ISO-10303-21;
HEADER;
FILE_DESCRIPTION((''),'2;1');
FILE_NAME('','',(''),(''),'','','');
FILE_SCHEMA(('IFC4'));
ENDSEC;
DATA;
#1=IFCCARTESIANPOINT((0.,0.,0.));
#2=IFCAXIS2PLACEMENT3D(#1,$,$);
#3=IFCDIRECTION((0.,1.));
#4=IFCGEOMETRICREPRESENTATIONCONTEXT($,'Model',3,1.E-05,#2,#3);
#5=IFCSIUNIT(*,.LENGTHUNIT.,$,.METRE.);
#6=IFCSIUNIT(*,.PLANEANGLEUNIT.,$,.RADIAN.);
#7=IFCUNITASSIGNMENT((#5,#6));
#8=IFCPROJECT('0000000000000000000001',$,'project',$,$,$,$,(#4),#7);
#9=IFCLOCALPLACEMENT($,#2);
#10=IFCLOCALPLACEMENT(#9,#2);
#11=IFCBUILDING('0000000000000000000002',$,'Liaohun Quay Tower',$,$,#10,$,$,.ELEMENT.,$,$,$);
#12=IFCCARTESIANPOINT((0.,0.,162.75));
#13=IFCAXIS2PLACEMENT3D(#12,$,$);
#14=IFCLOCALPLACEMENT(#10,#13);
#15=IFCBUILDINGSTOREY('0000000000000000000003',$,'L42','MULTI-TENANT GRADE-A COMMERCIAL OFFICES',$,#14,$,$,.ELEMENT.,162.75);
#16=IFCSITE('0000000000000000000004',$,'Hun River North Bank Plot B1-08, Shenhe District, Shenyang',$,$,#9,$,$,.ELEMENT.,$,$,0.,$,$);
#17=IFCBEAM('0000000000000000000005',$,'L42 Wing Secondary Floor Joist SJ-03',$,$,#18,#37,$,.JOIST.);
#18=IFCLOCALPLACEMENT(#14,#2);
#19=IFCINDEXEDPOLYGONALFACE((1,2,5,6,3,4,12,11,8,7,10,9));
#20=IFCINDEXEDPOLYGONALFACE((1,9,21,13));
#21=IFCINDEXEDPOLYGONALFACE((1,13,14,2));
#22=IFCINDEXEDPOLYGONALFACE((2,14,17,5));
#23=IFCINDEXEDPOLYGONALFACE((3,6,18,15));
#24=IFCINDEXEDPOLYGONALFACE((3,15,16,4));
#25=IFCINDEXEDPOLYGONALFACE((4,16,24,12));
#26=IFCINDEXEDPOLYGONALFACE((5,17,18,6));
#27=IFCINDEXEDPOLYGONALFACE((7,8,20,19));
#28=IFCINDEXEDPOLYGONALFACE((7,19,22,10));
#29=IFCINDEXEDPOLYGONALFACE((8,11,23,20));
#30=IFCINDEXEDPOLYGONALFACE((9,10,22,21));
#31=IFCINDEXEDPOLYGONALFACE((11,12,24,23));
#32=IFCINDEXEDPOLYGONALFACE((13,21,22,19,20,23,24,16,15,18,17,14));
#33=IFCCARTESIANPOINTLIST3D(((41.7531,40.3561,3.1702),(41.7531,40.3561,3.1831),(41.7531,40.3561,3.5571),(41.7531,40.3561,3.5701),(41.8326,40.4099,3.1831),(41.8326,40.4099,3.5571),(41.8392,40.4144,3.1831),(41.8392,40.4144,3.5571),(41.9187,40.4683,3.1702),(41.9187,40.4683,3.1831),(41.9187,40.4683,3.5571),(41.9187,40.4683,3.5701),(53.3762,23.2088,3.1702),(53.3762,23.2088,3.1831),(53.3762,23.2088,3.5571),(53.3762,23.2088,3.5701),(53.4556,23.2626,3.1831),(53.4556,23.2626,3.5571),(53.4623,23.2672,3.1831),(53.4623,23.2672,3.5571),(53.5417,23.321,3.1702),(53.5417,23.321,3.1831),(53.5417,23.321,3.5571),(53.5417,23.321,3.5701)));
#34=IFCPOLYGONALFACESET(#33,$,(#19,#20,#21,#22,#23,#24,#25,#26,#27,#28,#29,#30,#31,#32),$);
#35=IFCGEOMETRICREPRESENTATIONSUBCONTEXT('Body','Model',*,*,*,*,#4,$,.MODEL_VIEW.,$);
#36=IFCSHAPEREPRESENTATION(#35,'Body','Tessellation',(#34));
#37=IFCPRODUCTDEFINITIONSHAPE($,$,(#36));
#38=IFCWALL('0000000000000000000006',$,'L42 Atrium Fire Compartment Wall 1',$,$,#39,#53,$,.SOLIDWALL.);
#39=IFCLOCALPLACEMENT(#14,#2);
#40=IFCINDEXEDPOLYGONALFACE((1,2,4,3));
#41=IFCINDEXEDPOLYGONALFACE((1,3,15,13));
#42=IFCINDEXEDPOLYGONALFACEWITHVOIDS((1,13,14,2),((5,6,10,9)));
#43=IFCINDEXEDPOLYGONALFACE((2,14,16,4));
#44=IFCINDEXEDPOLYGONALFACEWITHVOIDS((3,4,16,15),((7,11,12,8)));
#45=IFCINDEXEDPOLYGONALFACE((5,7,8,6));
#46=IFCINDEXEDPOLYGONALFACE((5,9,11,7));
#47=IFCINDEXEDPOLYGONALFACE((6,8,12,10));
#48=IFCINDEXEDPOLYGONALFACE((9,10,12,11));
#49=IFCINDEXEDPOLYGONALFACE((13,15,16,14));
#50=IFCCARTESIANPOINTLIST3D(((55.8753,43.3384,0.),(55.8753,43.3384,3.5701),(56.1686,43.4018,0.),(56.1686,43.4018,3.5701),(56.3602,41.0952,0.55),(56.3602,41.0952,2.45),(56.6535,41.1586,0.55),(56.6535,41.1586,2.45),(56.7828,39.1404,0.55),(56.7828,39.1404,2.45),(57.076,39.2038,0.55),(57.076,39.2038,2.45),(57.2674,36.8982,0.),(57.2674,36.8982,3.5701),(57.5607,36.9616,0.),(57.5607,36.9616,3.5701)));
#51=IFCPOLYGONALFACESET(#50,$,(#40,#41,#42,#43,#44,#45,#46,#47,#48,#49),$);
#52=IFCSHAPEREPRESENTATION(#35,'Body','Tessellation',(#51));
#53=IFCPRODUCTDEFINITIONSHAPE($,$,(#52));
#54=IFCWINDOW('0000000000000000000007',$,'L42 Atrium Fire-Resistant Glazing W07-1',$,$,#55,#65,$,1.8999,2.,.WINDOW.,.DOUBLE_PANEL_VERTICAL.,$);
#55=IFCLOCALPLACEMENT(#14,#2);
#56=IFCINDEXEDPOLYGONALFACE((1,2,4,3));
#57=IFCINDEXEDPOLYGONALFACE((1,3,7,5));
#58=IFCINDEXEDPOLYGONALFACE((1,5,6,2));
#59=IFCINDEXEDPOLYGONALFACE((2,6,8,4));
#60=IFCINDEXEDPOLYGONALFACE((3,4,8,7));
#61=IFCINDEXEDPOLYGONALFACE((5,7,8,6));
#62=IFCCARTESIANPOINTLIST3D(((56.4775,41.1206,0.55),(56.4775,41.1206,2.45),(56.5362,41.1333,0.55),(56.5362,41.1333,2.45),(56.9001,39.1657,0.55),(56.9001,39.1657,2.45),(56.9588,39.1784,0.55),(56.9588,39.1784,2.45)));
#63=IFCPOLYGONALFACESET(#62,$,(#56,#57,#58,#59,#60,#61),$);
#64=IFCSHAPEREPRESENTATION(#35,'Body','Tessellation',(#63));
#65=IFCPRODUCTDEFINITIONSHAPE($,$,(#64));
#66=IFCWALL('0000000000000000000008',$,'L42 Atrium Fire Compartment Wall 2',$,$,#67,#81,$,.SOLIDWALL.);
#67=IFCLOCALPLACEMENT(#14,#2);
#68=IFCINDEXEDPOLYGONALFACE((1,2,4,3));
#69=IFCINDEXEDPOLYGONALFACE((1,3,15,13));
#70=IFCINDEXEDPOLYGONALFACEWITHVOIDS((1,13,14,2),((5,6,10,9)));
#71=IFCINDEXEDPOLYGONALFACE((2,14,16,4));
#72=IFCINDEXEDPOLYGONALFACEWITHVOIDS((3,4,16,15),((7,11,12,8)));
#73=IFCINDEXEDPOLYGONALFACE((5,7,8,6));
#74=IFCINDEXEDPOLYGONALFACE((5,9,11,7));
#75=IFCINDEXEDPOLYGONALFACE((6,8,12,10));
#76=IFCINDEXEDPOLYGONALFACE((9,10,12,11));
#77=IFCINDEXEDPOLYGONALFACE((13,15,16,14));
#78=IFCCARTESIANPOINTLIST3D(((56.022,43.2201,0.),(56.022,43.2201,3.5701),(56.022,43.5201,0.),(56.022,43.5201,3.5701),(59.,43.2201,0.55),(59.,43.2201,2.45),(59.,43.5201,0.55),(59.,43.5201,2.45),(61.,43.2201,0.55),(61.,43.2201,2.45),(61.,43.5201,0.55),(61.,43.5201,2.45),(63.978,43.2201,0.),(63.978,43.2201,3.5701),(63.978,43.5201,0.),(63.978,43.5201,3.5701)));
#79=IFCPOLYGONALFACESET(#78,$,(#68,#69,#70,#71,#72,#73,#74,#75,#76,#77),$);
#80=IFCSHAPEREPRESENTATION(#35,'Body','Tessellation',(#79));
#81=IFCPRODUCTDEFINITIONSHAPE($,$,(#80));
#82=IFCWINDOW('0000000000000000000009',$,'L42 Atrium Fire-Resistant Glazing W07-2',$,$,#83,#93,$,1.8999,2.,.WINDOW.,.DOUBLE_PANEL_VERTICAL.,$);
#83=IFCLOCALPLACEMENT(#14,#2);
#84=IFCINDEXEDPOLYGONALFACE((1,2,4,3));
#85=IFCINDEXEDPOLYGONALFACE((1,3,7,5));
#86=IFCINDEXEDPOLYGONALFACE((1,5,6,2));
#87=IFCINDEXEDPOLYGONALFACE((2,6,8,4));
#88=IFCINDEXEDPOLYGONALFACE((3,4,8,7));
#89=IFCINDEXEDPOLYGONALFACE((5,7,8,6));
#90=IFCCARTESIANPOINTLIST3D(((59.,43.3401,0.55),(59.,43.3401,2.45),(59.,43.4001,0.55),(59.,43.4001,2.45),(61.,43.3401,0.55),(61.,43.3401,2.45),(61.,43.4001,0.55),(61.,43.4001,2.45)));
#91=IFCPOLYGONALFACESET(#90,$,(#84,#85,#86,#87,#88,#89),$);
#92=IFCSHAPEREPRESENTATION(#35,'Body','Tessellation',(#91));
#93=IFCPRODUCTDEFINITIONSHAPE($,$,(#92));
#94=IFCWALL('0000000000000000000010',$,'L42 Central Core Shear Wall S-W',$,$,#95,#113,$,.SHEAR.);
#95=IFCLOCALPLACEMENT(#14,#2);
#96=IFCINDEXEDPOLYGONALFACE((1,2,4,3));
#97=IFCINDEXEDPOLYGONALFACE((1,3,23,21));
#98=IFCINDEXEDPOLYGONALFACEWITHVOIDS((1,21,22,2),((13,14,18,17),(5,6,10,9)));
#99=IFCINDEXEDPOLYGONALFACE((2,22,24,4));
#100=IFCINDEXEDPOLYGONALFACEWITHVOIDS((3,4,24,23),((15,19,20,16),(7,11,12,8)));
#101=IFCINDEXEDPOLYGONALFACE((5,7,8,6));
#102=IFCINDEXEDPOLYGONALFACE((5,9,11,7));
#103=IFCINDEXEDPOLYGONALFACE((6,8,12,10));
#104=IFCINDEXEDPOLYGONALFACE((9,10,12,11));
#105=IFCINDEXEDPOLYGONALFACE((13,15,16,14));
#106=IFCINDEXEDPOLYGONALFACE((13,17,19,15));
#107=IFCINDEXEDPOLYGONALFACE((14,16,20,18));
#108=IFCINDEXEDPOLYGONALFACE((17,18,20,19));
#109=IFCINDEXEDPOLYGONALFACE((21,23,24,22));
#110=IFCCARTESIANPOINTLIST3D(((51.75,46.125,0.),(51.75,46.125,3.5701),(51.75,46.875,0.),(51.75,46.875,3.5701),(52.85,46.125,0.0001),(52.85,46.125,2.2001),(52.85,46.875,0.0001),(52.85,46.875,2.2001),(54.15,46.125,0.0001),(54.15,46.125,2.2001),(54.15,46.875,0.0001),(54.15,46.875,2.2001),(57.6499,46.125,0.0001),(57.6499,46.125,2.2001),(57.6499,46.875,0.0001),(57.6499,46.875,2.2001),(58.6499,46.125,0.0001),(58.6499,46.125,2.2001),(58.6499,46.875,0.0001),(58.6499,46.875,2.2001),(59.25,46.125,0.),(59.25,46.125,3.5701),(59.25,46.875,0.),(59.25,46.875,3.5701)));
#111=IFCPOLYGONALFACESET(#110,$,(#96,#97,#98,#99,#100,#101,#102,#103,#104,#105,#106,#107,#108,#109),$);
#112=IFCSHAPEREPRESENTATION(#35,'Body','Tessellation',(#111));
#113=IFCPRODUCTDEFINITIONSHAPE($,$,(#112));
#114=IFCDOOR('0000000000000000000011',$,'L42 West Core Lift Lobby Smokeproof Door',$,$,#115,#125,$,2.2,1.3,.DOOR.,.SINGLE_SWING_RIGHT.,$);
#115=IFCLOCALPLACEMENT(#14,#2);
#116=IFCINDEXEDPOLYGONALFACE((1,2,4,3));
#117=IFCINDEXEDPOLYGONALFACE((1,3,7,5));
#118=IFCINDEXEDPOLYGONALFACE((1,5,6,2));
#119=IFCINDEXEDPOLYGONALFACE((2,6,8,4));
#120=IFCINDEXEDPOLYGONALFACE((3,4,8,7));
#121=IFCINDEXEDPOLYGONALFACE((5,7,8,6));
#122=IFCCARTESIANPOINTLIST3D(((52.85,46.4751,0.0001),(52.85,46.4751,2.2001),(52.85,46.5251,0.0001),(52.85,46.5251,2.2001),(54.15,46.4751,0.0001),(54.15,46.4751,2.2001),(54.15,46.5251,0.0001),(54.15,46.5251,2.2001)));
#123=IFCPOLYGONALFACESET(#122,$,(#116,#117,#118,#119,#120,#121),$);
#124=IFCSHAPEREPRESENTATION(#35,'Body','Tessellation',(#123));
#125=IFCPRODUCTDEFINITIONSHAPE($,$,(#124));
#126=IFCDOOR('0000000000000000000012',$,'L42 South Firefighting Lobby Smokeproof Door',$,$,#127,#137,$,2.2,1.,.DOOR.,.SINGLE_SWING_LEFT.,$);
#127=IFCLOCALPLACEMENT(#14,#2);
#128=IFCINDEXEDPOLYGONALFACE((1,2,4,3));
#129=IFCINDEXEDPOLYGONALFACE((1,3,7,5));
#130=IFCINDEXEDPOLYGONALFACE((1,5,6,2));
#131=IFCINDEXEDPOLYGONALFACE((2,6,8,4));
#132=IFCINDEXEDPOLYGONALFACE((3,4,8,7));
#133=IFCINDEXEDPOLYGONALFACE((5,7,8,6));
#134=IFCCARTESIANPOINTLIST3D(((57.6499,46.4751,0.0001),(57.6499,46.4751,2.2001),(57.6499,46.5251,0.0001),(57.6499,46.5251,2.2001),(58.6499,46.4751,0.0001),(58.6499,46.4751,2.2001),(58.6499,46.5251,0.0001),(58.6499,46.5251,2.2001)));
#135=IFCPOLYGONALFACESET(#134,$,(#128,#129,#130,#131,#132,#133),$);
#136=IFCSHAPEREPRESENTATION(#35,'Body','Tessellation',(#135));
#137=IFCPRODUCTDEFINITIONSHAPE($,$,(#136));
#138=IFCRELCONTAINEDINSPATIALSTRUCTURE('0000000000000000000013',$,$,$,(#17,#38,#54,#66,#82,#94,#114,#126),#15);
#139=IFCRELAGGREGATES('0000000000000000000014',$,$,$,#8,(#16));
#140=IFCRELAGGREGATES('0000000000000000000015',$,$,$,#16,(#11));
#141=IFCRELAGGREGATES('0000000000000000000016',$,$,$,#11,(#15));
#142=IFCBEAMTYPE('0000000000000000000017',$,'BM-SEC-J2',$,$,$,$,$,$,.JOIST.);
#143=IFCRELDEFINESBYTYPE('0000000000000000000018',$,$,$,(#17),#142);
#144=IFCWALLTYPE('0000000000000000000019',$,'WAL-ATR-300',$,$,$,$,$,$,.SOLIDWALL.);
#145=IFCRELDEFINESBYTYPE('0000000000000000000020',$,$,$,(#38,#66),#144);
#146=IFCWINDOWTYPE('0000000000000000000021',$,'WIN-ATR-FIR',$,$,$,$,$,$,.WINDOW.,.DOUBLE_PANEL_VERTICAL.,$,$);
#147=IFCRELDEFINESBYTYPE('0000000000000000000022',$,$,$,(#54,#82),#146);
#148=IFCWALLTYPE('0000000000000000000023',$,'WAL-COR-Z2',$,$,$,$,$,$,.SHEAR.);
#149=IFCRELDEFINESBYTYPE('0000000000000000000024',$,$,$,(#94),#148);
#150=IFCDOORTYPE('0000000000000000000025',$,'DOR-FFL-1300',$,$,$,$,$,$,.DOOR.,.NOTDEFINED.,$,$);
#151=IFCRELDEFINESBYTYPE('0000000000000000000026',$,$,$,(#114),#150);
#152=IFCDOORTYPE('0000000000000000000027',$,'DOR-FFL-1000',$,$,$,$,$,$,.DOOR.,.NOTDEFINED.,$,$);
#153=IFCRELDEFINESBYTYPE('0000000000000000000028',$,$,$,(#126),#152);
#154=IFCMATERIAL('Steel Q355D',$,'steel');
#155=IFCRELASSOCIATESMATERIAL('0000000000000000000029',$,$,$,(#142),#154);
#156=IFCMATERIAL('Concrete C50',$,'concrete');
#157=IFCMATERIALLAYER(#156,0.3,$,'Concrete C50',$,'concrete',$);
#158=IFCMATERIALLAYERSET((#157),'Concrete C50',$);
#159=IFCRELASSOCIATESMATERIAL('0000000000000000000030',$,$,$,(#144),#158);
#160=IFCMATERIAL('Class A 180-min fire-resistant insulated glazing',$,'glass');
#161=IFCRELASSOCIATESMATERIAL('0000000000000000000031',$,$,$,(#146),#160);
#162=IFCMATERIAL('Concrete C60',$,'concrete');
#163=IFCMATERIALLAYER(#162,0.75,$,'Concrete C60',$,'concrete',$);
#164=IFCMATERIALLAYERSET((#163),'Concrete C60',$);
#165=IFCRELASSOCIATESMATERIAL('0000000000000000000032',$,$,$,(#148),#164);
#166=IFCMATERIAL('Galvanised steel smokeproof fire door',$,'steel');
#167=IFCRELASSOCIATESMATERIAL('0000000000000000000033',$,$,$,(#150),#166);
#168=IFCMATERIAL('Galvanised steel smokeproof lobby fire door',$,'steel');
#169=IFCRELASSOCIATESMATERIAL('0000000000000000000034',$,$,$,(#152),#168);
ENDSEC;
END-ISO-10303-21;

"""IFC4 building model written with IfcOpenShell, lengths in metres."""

from ifc_helpers import new_model, si_unit, direction, frame, frame_2d, origin, origin_2d, place, context, subcontext, project, spatial, rectangle, i_section, extrude, source, transform, mapped, material, layer, layer_set, material_profile, profile_set, type_object, element, fill, save


model = new_model("IFC4")

# Units and contexts
model_context = context("Model", 3, precision=1e-05, world=origin(), true_north=direction((0.0, 1.0)))
body_context = subcontext(model_context, "Body", "Model", "MODEL_VIEW")
ifc_project = project(units=[si_unit("LENGTHUNIT", "METRE"), si_unit("PLANEANGLEUNIT", "RADIAN")], contexts=[model_context])

# Site, building, storey
site_placement = place(None, origin())
site = spatial("IfcSite", under=ifc_project, at=site_placement, Name="Hun River North Bank Plot B1-08, Shenhe District, Shenyang", CompositionType="ELEMENT", RefElevation=0.0)
building_placement = place(site_placement, origin())
building = spatial("IfcBuilding", under=site, at=building_placement, Name="Liaohun Quay Tower", CompositionType="ELEMENT")
storey_placement = place(building_placement, frame((0.0, 0.0, 162.75)))
storey = spatial("IfcBuildingStorey", under=building, at=storey_placement, Name="L42", Description="MULTI-TENANT GRADE-A COMMERCIAL OFFICES", CompositionType="ELEMENT", Elevation=162.75)

# Shared definitions
ifc_material_1 = material(Name="Concrete C60", Category="concrete")

# Beam
ifc_material_2 = material(Name="Steel Q355D", Category="steel")
ifc_material_profile_1 = material_profile(ifc_material_2, i_section(OverallWidth=0.2, OverallDepth=0.3999, WebThickness=0.0081, FlangeThickness=0.0129, at=origin_2d()), Name="HN400x200x8x13")
ifc_profile_set_1 = profile_set([ifc_material_profile_1], Name="Steel Q355D")
beam_type_1 = type_object("IfcBeamType", Name="BM-SEC-J2", PredefinedType="JOIST", material=ifc_profile_set_1)
shared_shape_1 = source(origin(), body_context, "Body", "SweptSolid", [
    extrude(i_section(OverallWidth=0.2, OverallDepth=0.3999, WebThickness=0.0081, FlangeThickness=0.0129, at=origin_2d()), origin(), (0.0, 0.0, 1.0), 20.7153),
])
beam_1_placement = place(storey_placement, frame((53.459, 23.2649, 3.3701), z_axis=(-0.561086, 0.827757, 0.0), x_axis=(-0.827757, -0.561086, 0.0)))
element("IfcBeam", 1, at=beam_1_placement, inside=storey, type_object=beam_type_1, Name="L42 Wing Secondary Floor Joist SJ-03", PredefinedType="JOIST", context=body_context, shape_type="MappedRepresentation", body=[
    mapped(shared_shape_1, transform((0.0, 0.0, 0.0), x_axis=(1.0, 0.0, 0.0), y_axis=(0.0, 1.0, 0.0), z_axis=(0.0, 0.0, 1.0), scale=1.0)),
])

# Walls, openings, windows
ifc_material_3 = material(Name="Concrete C50", Category="concrete")
ifc_layer_1 = layer(ifc_material_3, 0.3, Name="Concrete C50", Category="concrete")
ifc_layer_set_1 = layer_set([ifc_layer_1], Name="Concrete C50")
wall_type_1 = type_object("IfcWallType", Name="WAL-ATR-300", PredefinedType="SOLIDWALL", material=ifc_layer_set_1)
wall_1_placement = place(storey_placement, frame((57.4141, 36.9299, 0.0), z_axis=(0.0, 0.0, 1.0), x_axis=(-0.211277, 0.977426, 0.0)))
wall_1 = element("IfcWall", 2, at=wall_1_placement, inside=storey, type_object=wall_type_1, Name="L42 Atrium Fire Compartment Wall 1", PredefinedType="SOLIDWALL", context=body_context, shape_type="SweptSolid", body=[
    extrude(rectangle(XDim=6.5889, YDim=0.3, at=frame_2d((3.2944, 0.0))), origin(), (0.0, 0.0, 1.0), 3.5701),
])
shared_shape_2 = source(origin(), body_context, "Body", "SweptSolid", [
    extrude(rectangle(XDim=2.0, YDim=1.8999, at=frame_2d((1.0, 0.95))), frame((0.0, 0.1599, 0.0), z_axis=(0.0, -1.0, 0.0), x_axis=(1.0, 0.0, 0.0)), (0.0, 0.0, 1.0), 0.3201),
])
opening_1_placement = place(wall_1_placement, frame((2.2939, 0.0, 0.55)))
opening_1 = element("IfcOpeningElement", 3, at=opening_1_placement, cuts=wall_1, PredefinedType="OPENING", context=body_context, shape_type="MappedRepresentation", body=[
    mapped(shared_shape_2, transform((0.0, 0.0, 0.0), x_axis=(1.0, 0.0, 0.0), y_axis=(0.0, 1.0, 0.0), z_axis=(0.0, 0.0, 1.0), scale=1.0)),
])
ifc_material_4 = material(Name="Class A 180-min fire-resistant insulated glazing", Category="glass")
window_type_1 = type_object("IfcWindowType", Name="WIN-ATR-FIR", PartitioningType="DOUBLE_PANEL_VERTICAL", PredefinedType="WINDOW", material=ifc_material_4)
shared_shape_3 = source(origin(), body_context, "Body", "SweptSolid", [
    extrude(rectangle(XDim=2.0, YDim=1.8999, at=frame_2d((1.0, 0.95))), frame((0.0, 0.03, 0.0), z_axis=(0.0, -1.0, 0.0), x_axis=(1.0, 0.0, 0.0)), (0.0, 0.0, 1.0), 0.0601),
])
window_1_placement = place(opening_1_placement, origin())
window_1 = element("IfcWindow", 4, at=window_1_placement, inside=storey, type_object=window_type_1, Name="L42 Atrium Fire-Resistant Glazing W07-1", OverallHeight=1.8999, OverallWidth=2.0, PartitioningType="DOUBLE_PANEL_VERTICAL", PredefinedType="WINDOW", context=body_context, shape_type="MappedRepresentation", body=[
    mapped(shared_shape_3, transform((0.0, 0.0, 0.0), x_axis=(1.0, 0.0, 0.0), y_axis=(0.0, 1.0, 0.0), z_axis=(0.0, 0.0, 1.0), scale=1.0)),
])
fill(opening_1, window_1)
wall_2_placement = place(storey_placement, frame((56.022, 43.3701, 0.0), z_axis=(0.0, 0.0, 1.0), x_axis=(1.0, 0.0, 0.0)))
wall_2 = element("IfcWall", 5, at=wall_2_placement, inside=storey, type_object=wall_type_1, Name="L42 Atrium Fire Compartment Wall 2", PredefinedType="SOLIDWALL", context=body_context, shape_type="SweptSolid", body=[
    extrude(rectangle(XDim=7.9561, YDim=0.3, at=frame_2d((3.978, 0.0))), origin(), (0.0, 0.0, 1.0), 3.5701),
])
opening_2_placement = place(wall_2_placement, frame((2.978, 0.0, 0.55)))
opening_2 = element("IfcOpeningElement", 6, at=opening_2_placement, cuts=wall_2, PredefinedType="OPENING", context=body_context, shape_type="MappedRepresentation", body=[
    mapped(shared_shape_2, transform((0.0, 0.0, 0.0), x_axis=(1.0, 0.0, 0.0), y_axis=(0.0, 1.0, 0.0), z_axis=(0.0, 0.0, 1.0), scale=1.0)),
])
window_2_placement = place(opening_2_placement, origin())
window_2 = element("IfcWindow", 7, at=window_2_placement, inside=storey, type_object=window_type_1, Name="L42 Atrium Fire-Resistant Glazing W07-2", OverallHeight=1.8999, OverallWidth=2.0, PartitioningType="DOUBLE_PANEL_VERTICAL", PredefinedType="WINDOW", context=body_context, shape_type="MappedRepresentation", body=[
    mapped(shared_shape_3, transform((0.0, 0.0, 0.0), x_axis=(1.0, 0.0, 0.0), y_axis=(0.0, 1.0, 0.0), z_axis=(0.0, 0.0, 1.0), scale=1.0)),
])
fill(opening_2, window_2)

# Wall, openings, doors
ifc_layer_2 = layer(ifc_material_1, 0.75, Name="Concrete C60", Category="concrete")
ifc_layer_set_2 = layer_set([ifc_layer_2], Name="Concrete C60")
wall_type_2 = type_object("IfcWallType", Name="WAL-COR-Z2", PredefinedType="SHEAR", material=ifc_layer_set_2)
wall_3_placement = place(storey_placement, frame((59.25, 46.5, 0.0), z_axis=(0.0, 0.0, 1.0), x_axis=(-1.0, 0.0, 0.0)))
wall_3 = element("IfcWall", 8, at=wall_3_placement, inside=storey, type_object=wall_type_2, Name="L42 Central Core Shear Wall S-W", PredefinedType="SHEAR", context=body_context, shape_type="SweptSolid", body=[
    extrude(rectangle(XDim=7.5, YDim=0.75, at=frame_2d((3.75, 0.0))), origin(), (0.0, 0.0, 1.0), 3.5701),
])
shared_shape_4 = source(origin(), body_context, "Body", "SweptSolid", [
    extrude(rectangle(XDim=1.3, YDim=2.2, at=frame_2d((0.6499, 1.1001))), frame((0.0, 0.385, 0.0), z_axis=(0.0, -1.0, 0.0), x_axis=(1.0, 0.0, 0.0)), (0.0, 0.0, 1.0), 0.77),
])
opening_3_placement = place(wall_3_placement, frame((5.1001, 0.0, 0.0)))
opening_3 = element("IfcOpeningElement", 9, at=opening_3_placement, cuts=wall_3, PredefinedType="OPENING", context=body_context, shape_type="MappedRepresentation", body=[
    mapped(shared_shape_4, transform((0.0, 0.0, 0.0), x_axis=(1.0, 0.0, 0.0), y_axis=(0.0, 1.0, 0.0), z_axis=(0.0, 0.0, 1.0), scale=1.0)),
])
shared_shape_5 = source(origin(), body_context, "Body", "SweptSolid", [
    extrude(rectangle(XDim=1.0, YDim=2.2, at=frame_2d((0.5, 1.1001))), frame((0.0, 0.385, 0.0), z_axis=(0.0, -1.0, 0.0), x_axis=(1.0, 0.0, 0.0)), (0.0, 0.0, 1.0), 0.77),
])
opening_4_placement = place(wall_3_placement, frame((0.6001, 0.0, 0.0)))
opening_4 = element("IfcOpeningElement", 10, at=opening_4_placement, cuts=wall_3, PredefinedType="OPENING", context=body_context, shape_type="MappedRepresentation", body=[
    mapped(shared_shape_5, transform((0.0, 0.0, 0.0), x_axis=(1.0, 0.0, 0.0), y_axis=(0.0, 1.0, 0.0), z_axis=(0.0, 0.0, 1.0), scale=1.0)),
])
ifc_material_5 = material(Name="Galvanised steel smokeproof fire door", Category="steel")
door_type_1 = type_object("IfcDoorType", Name="DOR-FFL-1300", OperationType="NOTDEFINED", PredefinedType="DOOR", material=ifc_material_5)
shared_shape_6 = source(origin(), body_context, "Body", "SweptSolid", [
    extrude(rectangle(XDim=1.3, YDim=2.2, at=frame_2d((0.6499, 1.1001))), frame((0.0, 0.0249, 0.0), z_axis=(0.0, -1.0, 0.0), x_axis=(1.0, 0.0, 0.0)), (0.0, 0.0, 1.0), 0.05),
])
door_1_placement = place(opening_3_placement, origin())
door_1 = element("IfcDoor", 11, at=door_1_placement, inside=storey, type_object=door_type_1, Name="L42 West Core Lift Lobby Smokeproof Door", OperationType="SINGLE_SWING_RIGHT", OverallHeight=2.2, OverallWidth=1.3, PredefinedType="DOOR", context=body_context, shape_type="MappedRepresentation", body=[
    mapped(shared_shape_6, transform((0.0, 0.0, 0.0), x_axis=(1.0, 0.0, 0.0), y_axis=(0.0, 1.0, 0.0), z_axis=(0.0, 0.0, 1.0), scale=1.0)),
])
fill(opening_3, door_1)
ifc_material_6 = material(Name="Galvanised steel smokeproof lobby fire door", Category="steel")
door_type_2 = type_object("IfcDoorType", Name="DOR-FFL-1000", OperationType="NOTDEFINED", PredefinedType="DOOR", material=ifc_material_6)
shared_shape_7 = source(origin(), body_context, "Body", "SweptSolid", [
    extrude(rectangle(XDim=1.0, YDim=2.2, at=frame_2d((0.5, 1.1001))), frame((0.0, 0.0249, 0.0), z_axis=(0.0, -1.0, 0.0), x_axis=(1.0, 0.0, 0.0)), (0.0, 0.0, 1.0), 0.05),
])
door_2_placement = place(opening_4_placement, origin())
door_2 = element("IfcDoor", 12, at=door_2_placement, inside=storey, type_object=door_type_2, Name="L42 South Firefighting Lobby Smokeproof Door", OperationType="SINGLE_SWING_LEFT", OverallHeight=2.2, OverallWidth=1.0, PredefinedType="DOOR", context=body_context, shape_type="MappedRepresentation", body=[
    mapped(shared_shape_7, transform((0.0, 0.0, 0.0), x_axis=(1.0, 0.0, 0.0), y_axis=(0.0, 1.0, 0.0), z_axis=(0.0, 0.0, 1.0), scale=1.0)),
])
fill(opening_4, door_2)

save(model, "model.ifc")
